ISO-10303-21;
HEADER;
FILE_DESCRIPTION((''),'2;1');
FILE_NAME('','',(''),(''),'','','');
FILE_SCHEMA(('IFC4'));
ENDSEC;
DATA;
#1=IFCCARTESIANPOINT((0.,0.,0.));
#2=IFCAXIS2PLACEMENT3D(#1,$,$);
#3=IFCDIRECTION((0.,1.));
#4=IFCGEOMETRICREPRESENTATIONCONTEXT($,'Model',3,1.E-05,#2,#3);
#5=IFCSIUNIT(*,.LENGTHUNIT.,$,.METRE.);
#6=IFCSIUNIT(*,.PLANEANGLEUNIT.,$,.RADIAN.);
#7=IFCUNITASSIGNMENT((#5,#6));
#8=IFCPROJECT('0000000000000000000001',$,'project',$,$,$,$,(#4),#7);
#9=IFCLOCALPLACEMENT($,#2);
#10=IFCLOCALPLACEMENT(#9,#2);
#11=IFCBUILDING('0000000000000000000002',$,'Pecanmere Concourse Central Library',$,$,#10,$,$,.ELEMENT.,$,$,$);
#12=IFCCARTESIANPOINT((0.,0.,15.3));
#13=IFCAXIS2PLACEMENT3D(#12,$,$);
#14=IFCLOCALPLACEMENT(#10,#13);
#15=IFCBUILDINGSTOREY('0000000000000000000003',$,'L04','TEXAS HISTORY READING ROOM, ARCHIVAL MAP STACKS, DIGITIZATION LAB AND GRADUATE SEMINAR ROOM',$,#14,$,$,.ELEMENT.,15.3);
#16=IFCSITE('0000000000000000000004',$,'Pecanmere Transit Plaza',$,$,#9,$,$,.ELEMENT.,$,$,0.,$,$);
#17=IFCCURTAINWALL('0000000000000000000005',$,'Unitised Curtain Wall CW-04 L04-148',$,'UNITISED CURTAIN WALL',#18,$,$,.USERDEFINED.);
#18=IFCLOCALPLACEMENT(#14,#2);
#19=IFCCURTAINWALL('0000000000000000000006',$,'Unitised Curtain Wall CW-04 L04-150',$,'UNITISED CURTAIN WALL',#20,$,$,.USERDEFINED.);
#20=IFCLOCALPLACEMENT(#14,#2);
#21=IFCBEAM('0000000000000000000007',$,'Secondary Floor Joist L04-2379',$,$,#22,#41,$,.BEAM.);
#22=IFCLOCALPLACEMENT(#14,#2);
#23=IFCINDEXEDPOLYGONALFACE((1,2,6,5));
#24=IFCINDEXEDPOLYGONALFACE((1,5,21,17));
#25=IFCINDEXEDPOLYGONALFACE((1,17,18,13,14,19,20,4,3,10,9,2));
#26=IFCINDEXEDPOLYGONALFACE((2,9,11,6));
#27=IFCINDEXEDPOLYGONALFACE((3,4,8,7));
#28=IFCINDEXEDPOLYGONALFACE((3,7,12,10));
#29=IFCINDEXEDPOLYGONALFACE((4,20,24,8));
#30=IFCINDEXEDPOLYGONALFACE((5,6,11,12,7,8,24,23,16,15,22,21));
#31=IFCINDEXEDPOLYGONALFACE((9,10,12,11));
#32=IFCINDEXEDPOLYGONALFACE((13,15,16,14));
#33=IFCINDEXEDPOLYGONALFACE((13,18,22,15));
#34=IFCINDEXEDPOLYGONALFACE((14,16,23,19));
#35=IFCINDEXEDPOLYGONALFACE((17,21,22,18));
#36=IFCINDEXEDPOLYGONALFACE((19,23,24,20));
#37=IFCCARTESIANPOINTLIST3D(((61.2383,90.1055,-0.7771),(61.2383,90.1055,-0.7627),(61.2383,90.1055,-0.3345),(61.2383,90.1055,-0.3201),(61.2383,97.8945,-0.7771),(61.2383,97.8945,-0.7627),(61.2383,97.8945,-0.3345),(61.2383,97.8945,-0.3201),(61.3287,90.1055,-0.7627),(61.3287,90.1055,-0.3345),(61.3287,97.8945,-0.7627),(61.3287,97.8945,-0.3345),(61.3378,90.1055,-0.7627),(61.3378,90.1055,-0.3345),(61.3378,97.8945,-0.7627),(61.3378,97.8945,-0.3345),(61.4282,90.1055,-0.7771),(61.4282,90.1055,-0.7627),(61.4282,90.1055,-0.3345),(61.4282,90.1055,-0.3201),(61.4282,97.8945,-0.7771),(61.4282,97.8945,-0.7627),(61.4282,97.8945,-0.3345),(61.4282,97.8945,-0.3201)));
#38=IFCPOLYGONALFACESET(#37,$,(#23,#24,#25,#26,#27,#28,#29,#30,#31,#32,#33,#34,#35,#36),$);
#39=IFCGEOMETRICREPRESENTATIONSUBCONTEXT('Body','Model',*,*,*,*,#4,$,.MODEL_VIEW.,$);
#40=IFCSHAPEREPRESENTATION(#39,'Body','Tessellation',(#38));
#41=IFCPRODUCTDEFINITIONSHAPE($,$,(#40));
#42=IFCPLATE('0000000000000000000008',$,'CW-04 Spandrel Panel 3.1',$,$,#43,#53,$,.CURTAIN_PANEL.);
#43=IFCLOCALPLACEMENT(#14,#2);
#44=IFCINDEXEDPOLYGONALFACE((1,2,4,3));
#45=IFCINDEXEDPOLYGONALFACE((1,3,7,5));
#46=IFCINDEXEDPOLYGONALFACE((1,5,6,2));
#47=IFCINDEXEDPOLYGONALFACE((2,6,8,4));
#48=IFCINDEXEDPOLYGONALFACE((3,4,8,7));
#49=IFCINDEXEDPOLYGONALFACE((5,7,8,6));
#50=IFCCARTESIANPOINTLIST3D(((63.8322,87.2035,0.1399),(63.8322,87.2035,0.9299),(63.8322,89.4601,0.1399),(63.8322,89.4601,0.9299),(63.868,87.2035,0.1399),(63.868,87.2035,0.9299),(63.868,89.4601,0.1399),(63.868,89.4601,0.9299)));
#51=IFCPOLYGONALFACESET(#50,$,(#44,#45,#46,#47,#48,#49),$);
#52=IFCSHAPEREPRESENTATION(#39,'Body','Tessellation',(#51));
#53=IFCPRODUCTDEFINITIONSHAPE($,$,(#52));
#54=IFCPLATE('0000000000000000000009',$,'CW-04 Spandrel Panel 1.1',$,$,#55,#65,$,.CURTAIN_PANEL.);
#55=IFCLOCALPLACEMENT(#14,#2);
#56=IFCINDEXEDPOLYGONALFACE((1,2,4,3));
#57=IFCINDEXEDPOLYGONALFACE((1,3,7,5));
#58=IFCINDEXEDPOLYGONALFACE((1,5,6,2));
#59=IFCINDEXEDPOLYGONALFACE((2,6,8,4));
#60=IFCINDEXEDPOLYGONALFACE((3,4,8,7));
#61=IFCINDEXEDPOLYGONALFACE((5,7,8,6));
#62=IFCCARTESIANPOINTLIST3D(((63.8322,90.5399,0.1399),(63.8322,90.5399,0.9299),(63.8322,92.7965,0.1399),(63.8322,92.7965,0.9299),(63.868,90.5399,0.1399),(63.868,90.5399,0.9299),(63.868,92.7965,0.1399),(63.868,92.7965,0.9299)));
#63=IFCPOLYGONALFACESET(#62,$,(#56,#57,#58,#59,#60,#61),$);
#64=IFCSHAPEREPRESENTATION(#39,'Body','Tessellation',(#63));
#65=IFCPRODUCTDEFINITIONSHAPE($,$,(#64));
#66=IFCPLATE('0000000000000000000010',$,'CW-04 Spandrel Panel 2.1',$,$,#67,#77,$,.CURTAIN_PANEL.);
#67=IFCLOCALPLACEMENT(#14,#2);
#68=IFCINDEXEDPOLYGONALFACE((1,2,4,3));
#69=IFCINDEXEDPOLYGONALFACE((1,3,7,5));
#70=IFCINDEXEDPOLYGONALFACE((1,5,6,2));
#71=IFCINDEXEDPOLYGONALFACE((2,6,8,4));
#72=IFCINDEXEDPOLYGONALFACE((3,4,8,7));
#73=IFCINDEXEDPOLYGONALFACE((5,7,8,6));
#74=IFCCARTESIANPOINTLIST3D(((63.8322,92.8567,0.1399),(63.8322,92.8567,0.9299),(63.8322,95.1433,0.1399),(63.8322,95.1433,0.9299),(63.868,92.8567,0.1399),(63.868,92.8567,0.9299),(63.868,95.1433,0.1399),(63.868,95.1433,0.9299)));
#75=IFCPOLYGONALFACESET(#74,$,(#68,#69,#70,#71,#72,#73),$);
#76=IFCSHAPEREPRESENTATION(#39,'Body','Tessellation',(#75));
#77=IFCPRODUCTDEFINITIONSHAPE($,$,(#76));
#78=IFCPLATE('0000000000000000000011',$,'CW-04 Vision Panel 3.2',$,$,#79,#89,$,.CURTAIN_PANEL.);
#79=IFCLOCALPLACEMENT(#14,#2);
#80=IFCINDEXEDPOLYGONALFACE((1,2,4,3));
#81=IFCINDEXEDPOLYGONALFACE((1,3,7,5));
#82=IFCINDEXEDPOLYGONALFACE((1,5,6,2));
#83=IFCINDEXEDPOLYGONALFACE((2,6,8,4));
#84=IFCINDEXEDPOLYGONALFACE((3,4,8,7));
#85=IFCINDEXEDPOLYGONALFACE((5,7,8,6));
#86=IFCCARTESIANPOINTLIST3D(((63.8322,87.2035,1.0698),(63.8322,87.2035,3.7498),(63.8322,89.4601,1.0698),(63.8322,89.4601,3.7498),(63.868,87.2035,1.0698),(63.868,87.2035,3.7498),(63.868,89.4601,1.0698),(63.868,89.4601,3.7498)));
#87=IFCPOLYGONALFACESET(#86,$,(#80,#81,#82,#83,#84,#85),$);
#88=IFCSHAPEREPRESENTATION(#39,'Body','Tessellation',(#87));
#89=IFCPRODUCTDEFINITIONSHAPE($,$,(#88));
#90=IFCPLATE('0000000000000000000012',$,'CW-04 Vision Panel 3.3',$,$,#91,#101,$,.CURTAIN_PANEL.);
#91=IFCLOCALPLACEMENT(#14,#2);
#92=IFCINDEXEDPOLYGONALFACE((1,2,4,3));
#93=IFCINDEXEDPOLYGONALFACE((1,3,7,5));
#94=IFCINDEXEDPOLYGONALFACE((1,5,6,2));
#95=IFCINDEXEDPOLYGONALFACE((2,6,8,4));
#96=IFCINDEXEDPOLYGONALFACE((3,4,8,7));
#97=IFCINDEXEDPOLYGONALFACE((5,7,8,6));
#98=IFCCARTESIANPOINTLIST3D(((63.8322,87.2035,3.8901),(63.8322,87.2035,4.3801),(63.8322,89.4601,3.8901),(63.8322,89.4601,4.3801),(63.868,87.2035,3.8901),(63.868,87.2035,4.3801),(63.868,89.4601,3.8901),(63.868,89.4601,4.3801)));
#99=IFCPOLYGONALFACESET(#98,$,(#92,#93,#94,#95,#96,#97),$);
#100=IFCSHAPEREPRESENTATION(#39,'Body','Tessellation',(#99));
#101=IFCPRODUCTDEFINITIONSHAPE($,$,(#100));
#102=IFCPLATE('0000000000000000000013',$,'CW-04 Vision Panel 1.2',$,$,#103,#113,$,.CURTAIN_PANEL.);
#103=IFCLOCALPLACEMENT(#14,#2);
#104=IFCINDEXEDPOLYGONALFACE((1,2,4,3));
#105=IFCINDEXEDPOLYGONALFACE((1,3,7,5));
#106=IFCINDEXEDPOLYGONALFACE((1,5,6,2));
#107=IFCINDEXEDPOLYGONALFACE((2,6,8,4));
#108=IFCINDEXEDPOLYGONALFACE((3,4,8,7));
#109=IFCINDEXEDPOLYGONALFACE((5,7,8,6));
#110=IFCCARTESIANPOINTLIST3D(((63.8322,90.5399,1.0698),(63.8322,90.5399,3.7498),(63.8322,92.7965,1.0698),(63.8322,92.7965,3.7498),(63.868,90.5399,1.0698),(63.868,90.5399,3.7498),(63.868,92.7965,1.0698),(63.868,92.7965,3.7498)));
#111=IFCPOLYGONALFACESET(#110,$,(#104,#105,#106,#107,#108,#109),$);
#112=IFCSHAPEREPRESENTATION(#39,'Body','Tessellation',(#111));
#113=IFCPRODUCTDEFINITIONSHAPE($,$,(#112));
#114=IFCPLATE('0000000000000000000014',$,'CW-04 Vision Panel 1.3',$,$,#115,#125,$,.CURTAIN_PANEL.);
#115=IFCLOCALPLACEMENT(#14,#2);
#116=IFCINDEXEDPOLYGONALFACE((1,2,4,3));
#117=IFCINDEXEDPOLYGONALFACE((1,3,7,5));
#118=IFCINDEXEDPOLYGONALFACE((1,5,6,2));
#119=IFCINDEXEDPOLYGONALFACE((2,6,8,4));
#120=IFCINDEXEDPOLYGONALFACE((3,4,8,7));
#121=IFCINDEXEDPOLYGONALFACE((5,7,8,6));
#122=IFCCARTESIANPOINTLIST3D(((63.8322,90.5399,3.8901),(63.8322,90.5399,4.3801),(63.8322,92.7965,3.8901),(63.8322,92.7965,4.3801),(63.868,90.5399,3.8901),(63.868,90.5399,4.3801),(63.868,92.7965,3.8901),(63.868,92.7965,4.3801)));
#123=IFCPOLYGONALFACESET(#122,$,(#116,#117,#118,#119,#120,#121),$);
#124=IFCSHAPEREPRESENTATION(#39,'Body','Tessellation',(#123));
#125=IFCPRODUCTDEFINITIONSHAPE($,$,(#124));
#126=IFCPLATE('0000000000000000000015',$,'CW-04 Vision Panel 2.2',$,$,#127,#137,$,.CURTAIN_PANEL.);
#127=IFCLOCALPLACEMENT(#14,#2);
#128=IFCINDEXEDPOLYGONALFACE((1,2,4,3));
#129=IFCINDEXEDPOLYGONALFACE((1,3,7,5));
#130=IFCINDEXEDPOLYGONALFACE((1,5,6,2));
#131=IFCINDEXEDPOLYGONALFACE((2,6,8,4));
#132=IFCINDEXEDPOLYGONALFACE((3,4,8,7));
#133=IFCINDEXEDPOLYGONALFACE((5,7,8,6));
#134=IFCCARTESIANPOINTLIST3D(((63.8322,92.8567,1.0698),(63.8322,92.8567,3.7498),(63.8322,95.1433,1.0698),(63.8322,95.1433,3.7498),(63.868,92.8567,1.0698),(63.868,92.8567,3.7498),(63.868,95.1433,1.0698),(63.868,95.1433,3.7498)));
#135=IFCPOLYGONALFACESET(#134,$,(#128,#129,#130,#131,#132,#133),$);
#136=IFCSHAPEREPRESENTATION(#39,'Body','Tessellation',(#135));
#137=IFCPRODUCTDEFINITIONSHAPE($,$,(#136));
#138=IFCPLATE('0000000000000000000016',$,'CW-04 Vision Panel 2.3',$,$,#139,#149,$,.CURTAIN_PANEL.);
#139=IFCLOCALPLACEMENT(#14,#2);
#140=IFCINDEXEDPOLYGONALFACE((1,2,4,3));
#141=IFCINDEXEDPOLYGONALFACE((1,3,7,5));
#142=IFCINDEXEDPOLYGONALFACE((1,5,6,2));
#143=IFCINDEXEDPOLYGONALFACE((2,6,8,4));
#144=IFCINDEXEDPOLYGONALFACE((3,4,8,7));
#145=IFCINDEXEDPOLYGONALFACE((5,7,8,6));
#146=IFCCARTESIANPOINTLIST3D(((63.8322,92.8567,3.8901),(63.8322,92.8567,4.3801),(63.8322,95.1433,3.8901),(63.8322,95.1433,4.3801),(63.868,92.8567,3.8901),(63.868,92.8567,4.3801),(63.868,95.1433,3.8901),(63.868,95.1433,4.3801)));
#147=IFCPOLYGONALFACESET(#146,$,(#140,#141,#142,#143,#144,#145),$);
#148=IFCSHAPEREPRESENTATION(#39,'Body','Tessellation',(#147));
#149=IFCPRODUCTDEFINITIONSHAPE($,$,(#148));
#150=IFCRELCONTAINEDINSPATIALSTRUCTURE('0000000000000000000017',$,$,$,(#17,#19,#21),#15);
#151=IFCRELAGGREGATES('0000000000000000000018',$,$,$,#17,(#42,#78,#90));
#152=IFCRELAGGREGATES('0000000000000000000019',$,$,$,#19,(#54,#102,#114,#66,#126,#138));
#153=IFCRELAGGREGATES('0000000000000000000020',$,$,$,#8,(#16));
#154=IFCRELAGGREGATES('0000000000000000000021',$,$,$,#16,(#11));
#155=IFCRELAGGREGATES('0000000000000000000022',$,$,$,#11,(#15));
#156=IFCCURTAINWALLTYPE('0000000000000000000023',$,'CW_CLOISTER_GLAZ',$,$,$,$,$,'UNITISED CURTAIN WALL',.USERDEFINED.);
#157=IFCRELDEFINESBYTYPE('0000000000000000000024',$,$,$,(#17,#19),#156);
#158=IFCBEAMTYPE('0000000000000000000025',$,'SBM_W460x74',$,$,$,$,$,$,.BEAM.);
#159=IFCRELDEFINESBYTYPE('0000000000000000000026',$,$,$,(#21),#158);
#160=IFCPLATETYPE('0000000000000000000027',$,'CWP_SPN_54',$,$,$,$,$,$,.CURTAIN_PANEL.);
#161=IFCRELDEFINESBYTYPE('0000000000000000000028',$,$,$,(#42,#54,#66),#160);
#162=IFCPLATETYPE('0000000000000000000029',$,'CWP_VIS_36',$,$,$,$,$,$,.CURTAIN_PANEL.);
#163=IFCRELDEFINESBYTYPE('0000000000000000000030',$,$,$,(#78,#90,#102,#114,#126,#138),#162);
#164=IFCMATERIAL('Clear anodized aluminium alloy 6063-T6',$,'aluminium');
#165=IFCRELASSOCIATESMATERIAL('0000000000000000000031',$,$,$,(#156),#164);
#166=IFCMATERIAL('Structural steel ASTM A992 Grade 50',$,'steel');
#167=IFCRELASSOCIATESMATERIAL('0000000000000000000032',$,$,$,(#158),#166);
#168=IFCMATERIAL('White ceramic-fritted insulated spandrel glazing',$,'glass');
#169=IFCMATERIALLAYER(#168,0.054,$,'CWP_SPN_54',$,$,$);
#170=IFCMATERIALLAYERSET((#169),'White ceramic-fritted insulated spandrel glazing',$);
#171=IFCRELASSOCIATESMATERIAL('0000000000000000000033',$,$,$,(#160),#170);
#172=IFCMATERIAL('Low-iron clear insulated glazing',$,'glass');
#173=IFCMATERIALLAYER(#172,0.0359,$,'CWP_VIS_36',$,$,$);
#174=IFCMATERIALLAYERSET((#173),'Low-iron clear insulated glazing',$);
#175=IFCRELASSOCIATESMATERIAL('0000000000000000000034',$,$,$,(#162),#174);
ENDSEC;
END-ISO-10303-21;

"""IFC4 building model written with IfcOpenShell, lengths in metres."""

from ifc_helpers import new_model, si_unit, direction, frame, origin, origin_2d, place, context, subcontext, project, spatial, rectangle, i_section, extrude, material, layer, layer_set, material_profile, profile_set, type_object, element, aggregate, save


model = new_model("IFC4")

# Units and contexts
model_context = context("Model", 3, precision=1e-05, world=origin(), true_north=direction((0.0, 1.0)))
body_context = subcontext(model_context, "Body", "Model", "MODEL_VIEW")
ifc_project = project(units=[si_unit("LENGTHUNIT", "METRE"), si_unit("PLANEANGLEUNIT", "RADIAN")], contexts=[model_context])

# Site, building, storey
site_placement = place(None, origin())
site = spatial("IfcSite", under=ifc_project, at=site_placement, Name="Pecanmere Transit Plaza", CompositionType="ELEMENT", RefElevation=0.0)
building_placement = place(site_placement, origin())
building = spatial("IfcBuilding", under=site, at=building_placement, Name="Pecanmere Concourse Central Library", CompositionType="ELEMENT")
storey_placement = place(building_placement, frame((0.0, 0.0, 15.3)))
storey = spatial("IfcBuildingStorey", under=building, at=storey_placement, Name="L04", Description="TEXAS HISTORY READING ROOM, ARCHIVAL MAP STACKS, DIGITIZATION LAB AND GRADUATE SEMINAR ROOM", CompositionType="ELEMENT", Elevation=15.3)

# Curtain wall
ifc_material_1 = material(Name="Clear anodized aluminium alloy 6063-T6", Category="aluminium")
curtain_wall_type = type_object("IfcCurtainWallType", Name="CW_CLOISTER_GLAZ", ElementType="UNITISED CURTAIN WALL", PredefinedType="USERDEFINED", material=ifc_material_1)
curtain_wall_1_placement = place(storey_placement, origin())
curtain_wall_1 = element("IfcCurtainWall", 1, at=curtain_wall_1_placement, inside=storey, type_object=curtain_wall_type, Name="Unitised Curtain Wall CW-04 L04-148", ObjectType="UNITISED CURTAIN WALL", PredefinedType="USERDEFINED")

# Curtain wall
curtain_wall_2_placement = place(storey_placement, origin())
curtain_wall_2 = element("IfcCurtainWall", 2, at=curtain_wall_2_placement, inside=storey, type_object=curtain_wall_type, Name="Unitised Curtain Wall CW-04 L04-150", ObjectType="UNITISED CURTAIN WALL", PredefinedType="USERDEFINED")

# Beam
ifc_material_2 = material(Name="Structural steel ASTM A992 Grade 50", Category="steel")
ifc_material_profile_1 = material_profile(ifc_material_2, i_section(OverallWidth=0.1899, OverallDepth=0.457, WebThickness=0.009, FlangeThickness=0.0144, at=origin_2d()), Name="W460x74")
ifc_profile_set_1 = profile_set([ifc_material_profile_1], Name="Structural steel ASTM A992 Grade 50")
beam_type = type_object("IfcBeamType", Name="SBM_W460x74", PredefinedType="BEAM", material=ifc_profile_set_1)
beam_placement = place(storey_placement, frame((61.3333, 90.1055, -0.5486), z_axis=(0.0, 1.0, 0.0), x_axis=(-1.0, 0.0, 0.0)))
element("IfcBeam", 3, at=beam_placement, inside=storey, type_object=beam_type, Name="Secondary Floor Joist L04-2379", PredefinedType="BEAM", context=body_context, shape_type="SweptSolid", body=[
    extrude(i_section(OverallWidth=0.1899, OverallDepth=0.457, WebThickness=0.009, FlangeThickness=0.0144, at=origin_2d()), origin(), (0.0, 0.0, 1.0), 7.7891),
])

# Plates
ifc_material_3 = material(Name="White ceramic-fritted insulated spandrel glazing", Category="glass")
ifc_layer_1 = layer(ifc_material_3, 0.054, Name="CWP_SPN_54")
ifc_layer_set_1 = layer_set([ifc_layer_1], Name="White ceramic-fritted insulated spandrel glazing")
plate_type_1 = type_object("IfcPlateType", Name="CWP_SPN_54", PredefinedType="CURTAIN_PANEL", material=ifc_layer_set_1)
plate_1_placement = place(storey_placement, frame((63.8501, 88.3318, 0.1399), z_axis=(0.0, 0.0, 1.0), x_axis=(0.0, 1.0, 0.0)))
plate_1 = element("IfcPlate", 4, at=plate_1_placement, type_object=plate_type_1, Name="CW-04 Spandrel Panel 3.1", PredefinedType="CURTAIN_PANEL", context=body_context, shape_type="SweptSolid", body=[
    extrude(rectangle(XDim=2.2566, YDim=0.0359, at=origin_2d()), origin(), (0.0, 0.0, 1.0), 0.79),
])
plate_2_placement = place(storey_placement, frame((63.8501, 91.6682, 0.1399), z_axis=(0.0, 0.0, 1.0), x_axis=(0.0, 1.0, 0.0)))
plate_2 = element("IfcPlate", 5, at=plate_2_placement, type_object=plate_type_1, Name="CW-04 Spandrel Panel 1.1", PredefinedType="CURTAIN_PANEL", context=body_context, shape_type="SweptSolid", body=[
    extrude(rectangle(XDim=2.2566, YDim=0.0359, at=origin_2d()), origin(), (0.0, 0.0, 1.0), 0.79),
])
plate_3_placement = place(storey_placement, frame((63.8501, 94.0, 0.1399), z_axis=(0.0, 0.0, 1.0), x_axis=(0.0, 1.0, 0.0)))
plate_3 = element("IfcPlate", 6, at=plate_3_placement, type_object=plate_type_1, Name="CW-04 Spandrel Panel 2.1", PredefinedType="CURTAIN_PANEL", context=body_context, shape_type="SweptSolid", body=[
    extrude(rectangle(XDim=2.2866, YDim=0.0359, at=origin_2d()), origin(), (0.0, 0.0, 1.0), 0.79),
])
ifc_material_4 = material(Name="Low-iron clear insulated glazing", Category="glass")
ifc_layer_2 = layer(ifc_material_4, 0.0359, Name="CWP_VIS_36")
ifc_layer_set_2 = layer_set([ifc_layer_2], Name="Low-iron clear insulated glazing")
plate_type_2 = type_object("IfcPlateType", Name="CWP_VIS_36", PredefinedType="CURTAIN_PANEL", material=ifc_layer_set_2)
plate_4_placement = place(storey_placement, frame((63.8501, 88.3318, 1.0698), z_axis=(0.0, 0.0, 1.0), x_axis=(0.0, 1.0, 0.0)))
plate_4 = element("IfcPlate", 7, at=plate_4_placement, type_object=plate_type_2, Name="CW-04 Vision Panel 3.2", PredefinedType="CURTAIN_PANEL", context=body_context, shape_type="SweptSolid", body=[
    extrude(rectangle(XDim=2.2566, YDim=0.0359, at=origin_2d()), origin(), (0.0, 0.0, 1.0), 2.6799),
])
plate_5_placement = place(storey_placement, frame((63.8501, 88.3318, 3.8901), z_axis=(0.0, 0.0, 1.0), x_axis=(0.0, 1.0, 0.0)))
plate_5 = element("IfcPlate", 8, at=plate_5_placement, type_object=plate_type_2, Name="CW-04 Vision Panel 3.3", PredefinedType="CURTAIN_PANEL", context=body_context, shape_type="SweptSolid", body=[
    extrude(rectangle(XDim=2.2566, YDim=0.0359, at=origin_2d()), origin(), (0.0, 0.0, 1.0), 0.49),
])
aggregate(curtain_wall_1, [plate_1, plate_4, plate_5])
plate_6_placement = place(storey_placement, frame((63.8501, 91.6682, 1.0698), z_axis=(0.0, 0.0, 1.0), x_axis=(0.0, 1.0, 0.0)))
plate_6 = element("IfcPlate", 9, at=plate_6_placement, type_object=plate_type_2, Name="CW-04 Vision Panel 1.2", PredefinedType="CURTAIN_PANEL", context=body_context, shape_type="SweptSolid", body=[
    extrude(rectangle(XDim=2.2566, YDim=0.0359, at=origin_2d()), origin(), (0.0, 0.0, 1.0), 2.6799),
])
plate_7_placement = place(storey_placement, frame((63.8501, 91.6682, 3.8901), z_axis=(0.0, 0.0, 1.0), x_axis=(0.0, 1.0, 0.0)))
plate_7 = element("IfcPlate", 10, at=plate_7_placement, type_object=plate_type_2, Name="CW-04 Vision Panel 1.3", PredefinedType="CURTAIN_PANEL", context=body_context, shape_type="SweptSolid", body=[
    extrude(rectangle(XDim=2.2566, YDim=0.0359, at=origin_2d()), origin(), (0.0, 0.0, 1.0), 0.49),
])
plate_8_placement = place(storey_placement, frame((63.8501, 94.0, 1.0698), z_axis=(0.0, 0.0, 1.0), x_axis=(0.0, 1.0, 0.0)))
plate_8 = element("IfcPlate", 11, at=plate_8_placement, type_object=plate_type_2, Name="CW-04 Vision Panel 2.2", PredefinedType="CURTAIN_PANEL", context=body_context, shape_type="SweptSolid", body=[
    extrude(rectangle(XDim=2.2866, YDim=0.0359, at=origin_2d()), origin(), (0.0, 0.0, 1.0), 2.6799),
])
plate_9_placement = place(storey_placement, frame((63.8501, 94.0, 3.8901), z_axis=(0.0, 0.0, 1.0), x_axis=(0.0, 1.0, 0.0)))
plate_9 = element("IfcPlate", 12, at=plate_9_placement, type_object=plate_type_2, Name="CW-04 Vision Panel 2.3", PredefinedType="CURTAIN_PANEL", context=body_context, shape_type="SweptSolid", body=[
    extrude(rectangle(XDim=2.2866, YDim=0.0359, at=origin_2d()), origin(), (0.0, 0.0, 1.0), 0.49),
])
aggregate(curtain_wall_2, [plate_2, plate_6, plate_7, plate_3, plate_8, plate_9])

save(model, "model.ifc")
